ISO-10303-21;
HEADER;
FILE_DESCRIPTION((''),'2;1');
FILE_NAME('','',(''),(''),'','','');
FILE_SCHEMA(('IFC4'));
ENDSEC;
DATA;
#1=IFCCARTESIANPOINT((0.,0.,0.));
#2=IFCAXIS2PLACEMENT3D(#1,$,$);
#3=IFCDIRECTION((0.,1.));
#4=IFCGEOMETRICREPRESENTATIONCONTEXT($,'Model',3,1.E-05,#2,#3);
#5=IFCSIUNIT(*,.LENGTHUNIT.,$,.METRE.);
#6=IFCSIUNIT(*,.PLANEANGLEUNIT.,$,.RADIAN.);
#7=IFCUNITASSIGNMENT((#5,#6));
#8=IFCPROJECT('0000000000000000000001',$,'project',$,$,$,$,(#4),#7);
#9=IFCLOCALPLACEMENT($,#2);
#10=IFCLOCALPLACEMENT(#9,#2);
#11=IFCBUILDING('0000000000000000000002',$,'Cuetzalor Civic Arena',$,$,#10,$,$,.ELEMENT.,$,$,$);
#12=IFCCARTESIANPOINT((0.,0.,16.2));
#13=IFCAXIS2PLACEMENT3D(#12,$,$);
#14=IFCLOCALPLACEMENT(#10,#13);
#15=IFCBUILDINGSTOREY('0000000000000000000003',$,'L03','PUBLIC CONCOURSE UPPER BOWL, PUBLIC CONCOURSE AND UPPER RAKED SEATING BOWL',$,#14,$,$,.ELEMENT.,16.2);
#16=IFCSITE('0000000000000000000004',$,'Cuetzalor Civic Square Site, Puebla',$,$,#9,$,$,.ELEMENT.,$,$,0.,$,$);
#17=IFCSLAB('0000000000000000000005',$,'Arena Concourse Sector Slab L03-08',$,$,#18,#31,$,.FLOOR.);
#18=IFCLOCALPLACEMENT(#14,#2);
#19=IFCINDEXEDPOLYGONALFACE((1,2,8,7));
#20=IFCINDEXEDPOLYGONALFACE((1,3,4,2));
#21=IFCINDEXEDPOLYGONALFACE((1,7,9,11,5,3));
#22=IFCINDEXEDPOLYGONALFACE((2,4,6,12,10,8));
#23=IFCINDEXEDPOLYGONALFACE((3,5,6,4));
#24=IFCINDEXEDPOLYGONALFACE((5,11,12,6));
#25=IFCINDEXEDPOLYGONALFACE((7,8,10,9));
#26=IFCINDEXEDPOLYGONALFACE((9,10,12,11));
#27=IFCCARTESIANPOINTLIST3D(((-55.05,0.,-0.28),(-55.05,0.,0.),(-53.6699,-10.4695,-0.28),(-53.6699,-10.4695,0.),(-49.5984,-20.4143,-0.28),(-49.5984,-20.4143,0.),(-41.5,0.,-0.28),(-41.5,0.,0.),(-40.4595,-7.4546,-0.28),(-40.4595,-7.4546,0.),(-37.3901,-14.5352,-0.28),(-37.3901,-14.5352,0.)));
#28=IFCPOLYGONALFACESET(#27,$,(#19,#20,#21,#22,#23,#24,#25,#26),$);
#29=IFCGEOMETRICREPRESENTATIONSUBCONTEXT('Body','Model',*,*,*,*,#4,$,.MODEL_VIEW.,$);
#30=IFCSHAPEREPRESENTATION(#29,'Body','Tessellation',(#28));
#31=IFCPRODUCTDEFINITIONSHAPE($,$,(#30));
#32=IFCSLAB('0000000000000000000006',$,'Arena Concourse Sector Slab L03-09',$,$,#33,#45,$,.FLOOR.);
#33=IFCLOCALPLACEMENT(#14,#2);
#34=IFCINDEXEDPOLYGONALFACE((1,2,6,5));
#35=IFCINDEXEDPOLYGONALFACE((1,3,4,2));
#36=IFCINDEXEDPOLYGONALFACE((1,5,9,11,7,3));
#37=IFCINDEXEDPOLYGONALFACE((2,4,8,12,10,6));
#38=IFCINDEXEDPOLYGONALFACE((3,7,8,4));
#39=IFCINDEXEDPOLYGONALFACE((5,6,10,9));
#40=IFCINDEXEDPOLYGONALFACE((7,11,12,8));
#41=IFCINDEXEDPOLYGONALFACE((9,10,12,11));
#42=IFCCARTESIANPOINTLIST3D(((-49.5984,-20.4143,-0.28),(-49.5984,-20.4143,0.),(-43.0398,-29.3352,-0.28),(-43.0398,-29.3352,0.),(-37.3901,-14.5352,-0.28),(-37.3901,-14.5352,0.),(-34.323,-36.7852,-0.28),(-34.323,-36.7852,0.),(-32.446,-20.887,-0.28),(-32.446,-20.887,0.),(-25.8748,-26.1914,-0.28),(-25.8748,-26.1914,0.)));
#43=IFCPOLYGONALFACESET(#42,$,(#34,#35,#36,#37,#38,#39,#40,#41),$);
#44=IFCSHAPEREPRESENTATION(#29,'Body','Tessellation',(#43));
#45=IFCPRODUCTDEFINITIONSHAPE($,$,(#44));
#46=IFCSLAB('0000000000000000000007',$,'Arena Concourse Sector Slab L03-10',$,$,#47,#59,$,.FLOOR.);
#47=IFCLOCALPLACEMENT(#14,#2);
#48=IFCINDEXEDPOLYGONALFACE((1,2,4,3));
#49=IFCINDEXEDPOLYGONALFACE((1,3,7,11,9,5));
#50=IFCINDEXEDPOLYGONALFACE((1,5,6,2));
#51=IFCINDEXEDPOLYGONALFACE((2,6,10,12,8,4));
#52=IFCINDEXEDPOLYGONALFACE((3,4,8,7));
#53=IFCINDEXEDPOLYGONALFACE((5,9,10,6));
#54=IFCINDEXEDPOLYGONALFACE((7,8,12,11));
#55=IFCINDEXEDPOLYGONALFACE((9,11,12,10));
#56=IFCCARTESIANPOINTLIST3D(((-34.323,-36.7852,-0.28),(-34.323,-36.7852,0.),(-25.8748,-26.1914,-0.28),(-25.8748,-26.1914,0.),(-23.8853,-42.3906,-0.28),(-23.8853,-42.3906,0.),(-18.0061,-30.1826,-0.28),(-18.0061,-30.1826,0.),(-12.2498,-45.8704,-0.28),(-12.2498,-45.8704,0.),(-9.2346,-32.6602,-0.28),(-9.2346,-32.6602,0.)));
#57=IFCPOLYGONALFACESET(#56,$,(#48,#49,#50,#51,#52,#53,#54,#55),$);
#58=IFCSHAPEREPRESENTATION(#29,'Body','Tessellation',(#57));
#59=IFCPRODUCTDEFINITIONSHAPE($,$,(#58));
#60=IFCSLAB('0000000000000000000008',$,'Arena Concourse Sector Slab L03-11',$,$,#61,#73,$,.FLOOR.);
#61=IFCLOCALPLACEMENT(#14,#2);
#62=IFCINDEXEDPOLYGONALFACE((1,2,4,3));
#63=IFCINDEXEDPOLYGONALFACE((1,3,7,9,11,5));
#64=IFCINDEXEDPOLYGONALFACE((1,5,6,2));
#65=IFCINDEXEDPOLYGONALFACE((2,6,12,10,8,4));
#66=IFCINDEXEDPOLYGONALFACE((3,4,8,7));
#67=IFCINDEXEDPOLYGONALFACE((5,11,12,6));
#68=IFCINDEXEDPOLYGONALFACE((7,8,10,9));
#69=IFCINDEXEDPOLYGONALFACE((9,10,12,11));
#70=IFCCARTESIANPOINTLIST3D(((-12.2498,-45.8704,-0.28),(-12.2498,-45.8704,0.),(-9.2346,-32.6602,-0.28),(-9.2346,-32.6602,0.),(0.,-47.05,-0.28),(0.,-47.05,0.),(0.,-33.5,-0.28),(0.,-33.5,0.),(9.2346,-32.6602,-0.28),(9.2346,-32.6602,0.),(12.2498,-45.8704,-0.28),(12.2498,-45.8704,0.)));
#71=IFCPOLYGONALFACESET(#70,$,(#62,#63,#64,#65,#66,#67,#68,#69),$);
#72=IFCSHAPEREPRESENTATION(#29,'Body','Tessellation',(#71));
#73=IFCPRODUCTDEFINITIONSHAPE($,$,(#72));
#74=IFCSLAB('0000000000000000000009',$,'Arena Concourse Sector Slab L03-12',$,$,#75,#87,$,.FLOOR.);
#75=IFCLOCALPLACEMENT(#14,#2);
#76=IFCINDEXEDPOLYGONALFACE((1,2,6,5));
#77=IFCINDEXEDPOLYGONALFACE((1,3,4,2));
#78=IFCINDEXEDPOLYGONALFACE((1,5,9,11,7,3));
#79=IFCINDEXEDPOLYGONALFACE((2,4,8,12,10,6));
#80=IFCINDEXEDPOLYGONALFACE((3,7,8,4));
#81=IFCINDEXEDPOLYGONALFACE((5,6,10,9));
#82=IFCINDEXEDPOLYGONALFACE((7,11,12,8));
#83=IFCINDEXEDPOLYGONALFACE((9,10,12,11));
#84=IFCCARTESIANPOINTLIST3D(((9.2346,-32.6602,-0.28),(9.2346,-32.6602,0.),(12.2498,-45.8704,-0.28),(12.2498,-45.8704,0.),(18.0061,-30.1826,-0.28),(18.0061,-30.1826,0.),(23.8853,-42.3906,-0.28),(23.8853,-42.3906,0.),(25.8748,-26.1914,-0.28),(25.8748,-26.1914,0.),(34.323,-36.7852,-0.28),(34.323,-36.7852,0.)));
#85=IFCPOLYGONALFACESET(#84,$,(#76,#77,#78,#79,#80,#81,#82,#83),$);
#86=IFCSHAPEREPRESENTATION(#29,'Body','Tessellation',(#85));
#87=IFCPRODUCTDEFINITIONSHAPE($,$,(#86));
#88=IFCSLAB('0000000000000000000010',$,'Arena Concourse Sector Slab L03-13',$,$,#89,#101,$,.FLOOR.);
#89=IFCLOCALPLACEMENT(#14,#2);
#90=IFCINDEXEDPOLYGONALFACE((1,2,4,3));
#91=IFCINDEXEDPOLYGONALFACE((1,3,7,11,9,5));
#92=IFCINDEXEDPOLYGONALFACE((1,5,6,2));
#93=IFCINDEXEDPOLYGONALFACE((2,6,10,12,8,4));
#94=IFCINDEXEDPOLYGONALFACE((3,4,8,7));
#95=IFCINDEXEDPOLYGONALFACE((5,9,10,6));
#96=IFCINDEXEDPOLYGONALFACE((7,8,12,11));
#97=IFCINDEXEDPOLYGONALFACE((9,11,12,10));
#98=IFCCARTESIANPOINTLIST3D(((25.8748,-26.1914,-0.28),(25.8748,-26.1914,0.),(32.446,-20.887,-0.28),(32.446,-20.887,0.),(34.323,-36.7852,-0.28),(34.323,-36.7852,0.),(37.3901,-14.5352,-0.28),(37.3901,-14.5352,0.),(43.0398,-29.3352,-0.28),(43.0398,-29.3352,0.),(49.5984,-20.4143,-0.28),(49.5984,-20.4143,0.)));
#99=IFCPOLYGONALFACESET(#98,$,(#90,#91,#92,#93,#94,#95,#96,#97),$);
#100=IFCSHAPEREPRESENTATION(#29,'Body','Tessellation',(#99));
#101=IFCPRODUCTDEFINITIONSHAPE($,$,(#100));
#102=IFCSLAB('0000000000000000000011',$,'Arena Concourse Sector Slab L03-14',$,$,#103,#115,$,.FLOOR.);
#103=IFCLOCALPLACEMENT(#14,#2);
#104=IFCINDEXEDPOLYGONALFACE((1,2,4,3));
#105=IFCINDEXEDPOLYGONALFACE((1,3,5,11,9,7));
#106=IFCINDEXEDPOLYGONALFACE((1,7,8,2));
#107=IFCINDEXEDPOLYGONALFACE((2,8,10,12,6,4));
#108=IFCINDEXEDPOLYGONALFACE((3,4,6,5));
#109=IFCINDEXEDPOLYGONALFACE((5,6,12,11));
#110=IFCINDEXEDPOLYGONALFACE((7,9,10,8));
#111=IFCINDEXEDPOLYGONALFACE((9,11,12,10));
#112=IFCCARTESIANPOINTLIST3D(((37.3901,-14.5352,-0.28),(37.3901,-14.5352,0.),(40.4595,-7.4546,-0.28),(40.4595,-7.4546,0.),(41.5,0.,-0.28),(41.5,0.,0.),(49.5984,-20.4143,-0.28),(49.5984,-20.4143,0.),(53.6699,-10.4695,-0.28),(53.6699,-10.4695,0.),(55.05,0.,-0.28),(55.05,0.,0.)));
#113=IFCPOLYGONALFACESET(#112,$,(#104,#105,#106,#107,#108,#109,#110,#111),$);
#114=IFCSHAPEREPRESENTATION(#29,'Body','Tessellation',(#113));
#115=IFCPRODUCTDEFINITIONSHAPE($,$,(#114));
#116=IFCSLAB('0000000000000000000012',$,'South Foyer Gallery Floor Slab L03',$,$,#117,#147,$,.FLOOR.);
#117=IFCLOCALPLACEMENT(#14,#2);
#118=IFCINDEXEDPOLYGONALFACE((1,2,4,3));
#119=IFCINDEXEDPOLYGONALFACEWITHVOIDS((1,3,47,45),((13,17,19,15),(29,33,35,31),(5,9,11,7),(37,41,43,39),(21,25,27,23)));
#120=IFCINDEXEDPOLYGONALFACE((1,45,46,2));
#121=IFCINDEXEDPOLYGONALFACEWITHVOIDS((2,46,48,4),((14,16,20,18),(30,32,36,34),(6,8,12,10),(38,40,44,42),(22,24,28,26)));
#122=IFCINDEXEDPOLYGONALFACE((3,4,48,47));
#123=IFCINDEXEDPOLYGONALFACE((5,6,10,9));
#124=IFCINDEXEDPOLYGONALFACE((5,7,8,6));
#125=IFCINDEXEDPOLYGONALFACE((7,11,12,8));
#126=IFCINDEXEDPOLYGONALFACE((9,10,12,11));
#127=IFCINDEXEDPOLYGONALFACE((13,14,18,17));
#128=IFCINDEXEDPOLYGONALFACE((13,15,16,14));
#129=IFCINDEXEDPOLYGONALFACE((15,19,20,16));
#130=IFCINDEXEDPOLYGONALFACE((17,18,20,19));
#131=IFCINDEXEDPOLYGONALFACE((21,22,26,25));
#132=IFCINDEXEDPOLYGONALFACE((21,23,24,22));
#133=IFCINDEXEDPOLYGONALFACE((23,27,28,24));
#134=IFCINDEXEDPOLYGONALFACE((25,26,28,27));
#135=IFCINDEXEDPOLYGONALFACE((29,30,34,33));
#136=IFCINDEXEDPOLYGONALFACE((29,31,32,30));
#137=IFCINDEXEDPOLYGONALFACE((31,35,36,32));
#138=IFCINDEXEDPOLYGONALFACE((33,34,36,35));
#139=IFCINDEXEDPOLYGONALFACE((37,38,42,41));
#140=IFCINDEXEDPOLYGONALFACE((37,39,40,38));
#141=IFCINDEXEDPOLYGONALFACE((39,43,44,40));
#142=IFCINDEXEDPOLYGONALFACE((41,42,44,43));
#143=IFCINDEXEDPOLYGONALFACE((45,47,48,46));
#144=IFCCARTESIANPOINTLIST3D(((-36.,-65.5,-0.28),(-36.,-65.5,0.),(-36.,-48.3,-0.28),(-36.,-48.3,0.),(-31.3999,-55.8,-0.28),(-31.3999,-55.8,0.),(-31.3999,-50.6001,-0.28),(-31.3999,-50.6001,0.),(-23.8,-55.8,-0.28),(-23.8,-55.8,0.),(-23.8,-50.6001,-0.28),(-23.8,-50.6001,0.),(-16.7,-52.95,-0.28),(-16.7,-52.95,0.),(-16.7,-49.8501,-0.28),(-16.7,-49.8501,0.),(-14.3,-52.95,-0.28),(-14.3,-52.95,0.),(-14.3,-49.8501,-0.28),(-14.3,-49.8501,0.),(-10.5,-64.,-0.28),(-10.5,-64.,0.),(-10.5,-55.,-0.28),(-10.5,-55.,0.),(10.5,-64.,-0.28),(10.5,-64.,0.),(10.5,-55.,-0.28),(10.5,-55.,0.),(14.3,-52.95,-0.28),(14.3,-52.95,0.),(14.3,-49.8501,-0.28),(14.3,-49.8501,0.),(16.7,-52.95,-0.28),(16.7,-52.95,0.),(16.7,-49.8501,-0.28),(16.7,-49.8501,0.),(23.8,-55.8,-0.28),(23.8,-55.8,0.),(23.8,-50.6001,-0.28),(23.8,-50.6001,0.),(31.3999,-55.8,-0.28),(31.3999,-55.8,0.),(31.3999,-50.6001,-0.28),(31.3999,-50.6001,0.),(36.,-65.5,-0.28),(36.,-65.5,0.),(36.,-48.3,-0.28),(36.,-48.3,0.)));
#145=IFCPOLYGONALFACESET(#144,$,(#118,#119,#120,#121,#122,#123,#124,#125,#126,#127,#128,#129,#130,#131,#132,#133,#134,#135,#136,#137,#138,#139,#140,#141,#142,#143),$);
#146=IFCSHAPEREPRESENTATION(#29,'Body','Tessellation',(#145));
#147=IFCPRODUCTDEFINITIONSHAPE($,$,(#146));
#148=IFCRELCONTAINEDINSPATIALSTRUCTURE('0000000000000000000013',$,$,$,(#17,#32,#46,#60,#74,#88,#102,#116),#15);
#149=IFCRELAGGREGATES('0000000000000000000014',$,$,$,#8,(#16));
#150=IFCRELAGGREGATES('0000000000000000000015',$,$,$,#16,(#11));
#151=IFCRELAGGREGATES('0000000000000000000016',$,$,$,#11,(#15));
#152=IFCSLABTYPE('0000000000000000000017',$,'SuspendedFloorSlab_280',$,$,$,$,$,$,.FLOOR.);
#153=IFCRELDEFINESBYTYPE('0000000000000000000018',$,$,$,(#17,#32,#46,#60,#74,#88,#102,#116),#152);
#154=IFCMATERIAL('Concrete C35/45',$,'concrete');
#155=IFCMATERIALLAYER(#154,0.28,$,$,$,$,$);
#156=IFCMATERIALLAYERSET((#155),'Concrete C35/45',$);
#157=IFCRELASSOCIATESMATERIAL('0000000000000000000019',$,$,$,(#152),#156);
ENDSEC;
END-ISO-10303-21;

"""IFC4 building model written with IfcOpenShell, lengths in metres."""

from ifc_helpers import new_model, si_unit, direction, frame, origin, place, context, subcontext, project, spatial, polyline, outline, extrude, material, layer, layer_set, type_object, element, save


model = new_model("IFC4")

# Units and contexts
model_context = context("Model", 3, precision=1e-05, world=origin(), true_north=direction((0.0, 1.0)))
body_context = subcontext(model_context, "Body", "Model", "MODEL_VIEW")
ifc_project = project(units=[si_unit("LENGTHUNIT", "METRE"), si_unit("PLANEANGLEUNIT", "RADIAN")], contexts=[model_context])

# Site, building, storey
site_placement = place(None, origin())
site = spatial("IfcSite", under=ifc_project, at=site_placement, Name="Cuetzalor Civic Square Site, Puebla", CompositionType="ELEMENT", RefElevation=0.0)
building_placement = place(site_placement, origin())
building = spatial("IfcBuilding", under=site, at=building_placement, Name="Cuetzalor Civic Arena", CompositionType="ELEMENT")
storey_placement = place(building_placement, frame((0.0, 0.0, 16.2)))
storey = spatial("IfcBuildingStorey", under=building, at=storey_placement, Name="L03", Description="PUBLIC CONCOURSE UPPER BOWL, PUBLIC CONCOURSE AND UPPER RAKED SEATING BOWL", CompositionType="ELEMENT", Elevation=16.2)

# Slabs
ifc_material_1 = material(Name="Concrete C35/45", Category="concrete")
ifc_layer_1 = layer(ifc_material_1, 0.28)
ifc_layer_set_1 = layer_set([ifc_layer_1], Name="Concrete C35/45")
slab_type_1 = type_object("IfcSlabType", Name="SuspendedFloorSlab_280", PredefinedType="FLOOR", material=ifc_layer_set_1)
slab_1_placement = place(storey_placement, frame((0.0, 0.0, -0.28)))
element("IfcSlab", 1, at=slab_1_placement, inside=storey, type_object=slab_type_1, Name="Arena Concourse Sector Slab L03-08", PredefinedType="FLOOR", context=body_context, shape_type="SweptSolid", body=[
    extrude(outline(polyline([(-41.5, 0.0), (-40.4595, -7.4546), (-37.3901, -14.5352), (-49.5984, -20.4143), (-53.6699, -10.4695), (-55.05, 0.0), (-41.5, 0.0)])), origin(), (0.0, 0.0, 1.0), 0.28),
])
slab_2_placement = place(storey_placement, frame((0.0, 0.0, -0.28)))
element("IfcSlab", 2, at=slab_2_placement, inside=storey, type_object=slab_type_1, Name="Arena Concourse Sector Slab L03-09", PredefinedType="FLOOR", context=body_context, shape_type="SweptSolid", body=[
    extrude(outline(polyline([(-37.3901, -14.5352), (-32.446, -20.887), (-25.8748, -26.1914), (-34.323, -36.7852), (-43.0398, -29.3352), (-49.5984, -20.4143), (-37.3901, -14.5352)])), origin(), (0.0, 0.0, 1.0), 0.28),
])
slab_3_placement = place(storey_placement, frame((0.0, 0.0, -0.28)))
element("IfcSlab", 3, at=slab_3_placement, inside=storey, type_object=slab_type_1, Name="Arena Concourse Sector Slab L03-10", PredefinedType="FLOOR", context=body_context, shape_type="SweptSolid", body=[
    extrude(outline(polyline([(-25.8748, -26.1914), (-18.0061, -30.1826), (-9.2346, -32.6602), (-12.2498, -45.8704), (-23.8853, -42.3906), (-34.323, -36.7852), (-25.8748, -26.1914)])), origin(), (0.0, 0.0, 1.0), 0.28),
])
slab_4_placement = place(storey_placement, frame((0.0, 0.0, -0.28)))
element("IfcSlab", 4, at=slab_4_placement, inside=storey, type_object=slab_type_1, Name="Arena Concourse Sector Slab L03-11", PredefinedType="FLOOR", context=body_context, shape_type="SweptSolid", body=[
    extrude(outline(polyline([(-9.2346, -32.6602), (0.0, -33.5), (9.2346, -32.6602), (12.2498, -45.8704), (0.0, -47.05), (-12.2498, -45.8704), (-9.2346, -32.6602)])), origin(), (0.0, 0.0, 1.0), 0.28),
])
slab_5_placement = place(storey_placement, frame((0.0, 0.0, -0.28)))
element("IfcSlab", 5, at=slab_5_placement, inside=storey, type_object=slab_type_1, Name="Arena Concourse Sector Slab L03-12", PredefinedType="FLOOR", context=body_context, shape_type="SweptSolid", body=[
    extrude(outline(polyline([(9.2346, -32.6602), (18.0061, -30.1826), (25.8748, -26.1914), (34.323, -36.7852), (23.8853, -42.3906), (12.2498, -45.8704), (9.2346, -32.6602)])), origin(), (0.0, 0.0, 1.0), 0.28),
])
slab_6_placement = place(storey_placement, frame((0.0, 0.0, -0.28)))
element("IfcSlab", 6, at=slab_6_placement, inside=storey, type_object=slab_type_1, Name="Arena Concourse Sector Slab L03-13", PredefinedType="FLOOR", context=body_context, shape_type="SweptSolid", body=[
    extrude(outline(polyline([(25.8748, -26.1914), (32.446, -20.887), (37.3901, -14.5352), (49.5984, -20.4143), (43.0398, -29.3352), (34.323, -36.7852), (25.8748, -26.1914)])), origin(), (0.0, 0.0, 1.0), 0.28),
])
slab_7_placement = place(storey_placement, frame((0.0, 0.0, -0.28)))
element("IfcSlab", 7, at=slab_7_placement, inside=storey, type_object=slab_type_1, Name="Arena Concourse Sector Slab L03-14", PredefinedType="FLOOR", context=body_context, shape_type="SweptSolid", body=[
    extrude(outline(polyline([(37.3901, -14.5352), (40.4595, -7.4546), (41.5, 0.0), (55.05, 0.0), (53.6699, -10.4695), (49.5984, -20.4143), (37.3901, -14.5352)])), origin(), (0.0, 0.0, 1.0), 0.28),
])
slab_8_placement = place(storey_placement, frame((0.0, 0.0, -0.28)))
element("IfcSlab", 8, at=slab_8_placement, inside=storey, type_object=slab_type_1, Name="South Foyer Gallery Floor Slab L03", PredefinedType="FLOOR", context=body_context, shape_type="SweptSolid", body=[
    extrude(outline(polyline([(-36.0, -65.5), (36.0, -65.5), (36.0, -48.3), (-36.0, -48.3), (-36.0, -65.5)]), holes=[polyline([(-31.3999, -55.8), (-23.8, -55.8), (-23.8, -50.6001), (-31.3999, -50.6001), (-31.3999, -55.8)]), polyline([(23.8, -55.8), (31.3999, -55.8), (31.3999, -50.6001), (23.8, -50.6001), (23.8, -55.8)]), polyline([(-16.7, -52.95), (-14.3, -52.95), (-14.3, -49.8501), (-16.7, -49.8501), (-16.7, -52.95)]), polyline([(14.3, -52.95), (16.7, -52.95), (16.7, -49.8501), (14.3, -49.8501), (14.3, -52.95)]), polyline([(-10.5, -64.0), (10.5, -64.0), (10.5, -55.0), (-10.5, -55.0), (-10.5, -64.0)])]), origin(), (0.0, 0.0, 1.0), 0.28),
])

save(model, "model.ifc")
